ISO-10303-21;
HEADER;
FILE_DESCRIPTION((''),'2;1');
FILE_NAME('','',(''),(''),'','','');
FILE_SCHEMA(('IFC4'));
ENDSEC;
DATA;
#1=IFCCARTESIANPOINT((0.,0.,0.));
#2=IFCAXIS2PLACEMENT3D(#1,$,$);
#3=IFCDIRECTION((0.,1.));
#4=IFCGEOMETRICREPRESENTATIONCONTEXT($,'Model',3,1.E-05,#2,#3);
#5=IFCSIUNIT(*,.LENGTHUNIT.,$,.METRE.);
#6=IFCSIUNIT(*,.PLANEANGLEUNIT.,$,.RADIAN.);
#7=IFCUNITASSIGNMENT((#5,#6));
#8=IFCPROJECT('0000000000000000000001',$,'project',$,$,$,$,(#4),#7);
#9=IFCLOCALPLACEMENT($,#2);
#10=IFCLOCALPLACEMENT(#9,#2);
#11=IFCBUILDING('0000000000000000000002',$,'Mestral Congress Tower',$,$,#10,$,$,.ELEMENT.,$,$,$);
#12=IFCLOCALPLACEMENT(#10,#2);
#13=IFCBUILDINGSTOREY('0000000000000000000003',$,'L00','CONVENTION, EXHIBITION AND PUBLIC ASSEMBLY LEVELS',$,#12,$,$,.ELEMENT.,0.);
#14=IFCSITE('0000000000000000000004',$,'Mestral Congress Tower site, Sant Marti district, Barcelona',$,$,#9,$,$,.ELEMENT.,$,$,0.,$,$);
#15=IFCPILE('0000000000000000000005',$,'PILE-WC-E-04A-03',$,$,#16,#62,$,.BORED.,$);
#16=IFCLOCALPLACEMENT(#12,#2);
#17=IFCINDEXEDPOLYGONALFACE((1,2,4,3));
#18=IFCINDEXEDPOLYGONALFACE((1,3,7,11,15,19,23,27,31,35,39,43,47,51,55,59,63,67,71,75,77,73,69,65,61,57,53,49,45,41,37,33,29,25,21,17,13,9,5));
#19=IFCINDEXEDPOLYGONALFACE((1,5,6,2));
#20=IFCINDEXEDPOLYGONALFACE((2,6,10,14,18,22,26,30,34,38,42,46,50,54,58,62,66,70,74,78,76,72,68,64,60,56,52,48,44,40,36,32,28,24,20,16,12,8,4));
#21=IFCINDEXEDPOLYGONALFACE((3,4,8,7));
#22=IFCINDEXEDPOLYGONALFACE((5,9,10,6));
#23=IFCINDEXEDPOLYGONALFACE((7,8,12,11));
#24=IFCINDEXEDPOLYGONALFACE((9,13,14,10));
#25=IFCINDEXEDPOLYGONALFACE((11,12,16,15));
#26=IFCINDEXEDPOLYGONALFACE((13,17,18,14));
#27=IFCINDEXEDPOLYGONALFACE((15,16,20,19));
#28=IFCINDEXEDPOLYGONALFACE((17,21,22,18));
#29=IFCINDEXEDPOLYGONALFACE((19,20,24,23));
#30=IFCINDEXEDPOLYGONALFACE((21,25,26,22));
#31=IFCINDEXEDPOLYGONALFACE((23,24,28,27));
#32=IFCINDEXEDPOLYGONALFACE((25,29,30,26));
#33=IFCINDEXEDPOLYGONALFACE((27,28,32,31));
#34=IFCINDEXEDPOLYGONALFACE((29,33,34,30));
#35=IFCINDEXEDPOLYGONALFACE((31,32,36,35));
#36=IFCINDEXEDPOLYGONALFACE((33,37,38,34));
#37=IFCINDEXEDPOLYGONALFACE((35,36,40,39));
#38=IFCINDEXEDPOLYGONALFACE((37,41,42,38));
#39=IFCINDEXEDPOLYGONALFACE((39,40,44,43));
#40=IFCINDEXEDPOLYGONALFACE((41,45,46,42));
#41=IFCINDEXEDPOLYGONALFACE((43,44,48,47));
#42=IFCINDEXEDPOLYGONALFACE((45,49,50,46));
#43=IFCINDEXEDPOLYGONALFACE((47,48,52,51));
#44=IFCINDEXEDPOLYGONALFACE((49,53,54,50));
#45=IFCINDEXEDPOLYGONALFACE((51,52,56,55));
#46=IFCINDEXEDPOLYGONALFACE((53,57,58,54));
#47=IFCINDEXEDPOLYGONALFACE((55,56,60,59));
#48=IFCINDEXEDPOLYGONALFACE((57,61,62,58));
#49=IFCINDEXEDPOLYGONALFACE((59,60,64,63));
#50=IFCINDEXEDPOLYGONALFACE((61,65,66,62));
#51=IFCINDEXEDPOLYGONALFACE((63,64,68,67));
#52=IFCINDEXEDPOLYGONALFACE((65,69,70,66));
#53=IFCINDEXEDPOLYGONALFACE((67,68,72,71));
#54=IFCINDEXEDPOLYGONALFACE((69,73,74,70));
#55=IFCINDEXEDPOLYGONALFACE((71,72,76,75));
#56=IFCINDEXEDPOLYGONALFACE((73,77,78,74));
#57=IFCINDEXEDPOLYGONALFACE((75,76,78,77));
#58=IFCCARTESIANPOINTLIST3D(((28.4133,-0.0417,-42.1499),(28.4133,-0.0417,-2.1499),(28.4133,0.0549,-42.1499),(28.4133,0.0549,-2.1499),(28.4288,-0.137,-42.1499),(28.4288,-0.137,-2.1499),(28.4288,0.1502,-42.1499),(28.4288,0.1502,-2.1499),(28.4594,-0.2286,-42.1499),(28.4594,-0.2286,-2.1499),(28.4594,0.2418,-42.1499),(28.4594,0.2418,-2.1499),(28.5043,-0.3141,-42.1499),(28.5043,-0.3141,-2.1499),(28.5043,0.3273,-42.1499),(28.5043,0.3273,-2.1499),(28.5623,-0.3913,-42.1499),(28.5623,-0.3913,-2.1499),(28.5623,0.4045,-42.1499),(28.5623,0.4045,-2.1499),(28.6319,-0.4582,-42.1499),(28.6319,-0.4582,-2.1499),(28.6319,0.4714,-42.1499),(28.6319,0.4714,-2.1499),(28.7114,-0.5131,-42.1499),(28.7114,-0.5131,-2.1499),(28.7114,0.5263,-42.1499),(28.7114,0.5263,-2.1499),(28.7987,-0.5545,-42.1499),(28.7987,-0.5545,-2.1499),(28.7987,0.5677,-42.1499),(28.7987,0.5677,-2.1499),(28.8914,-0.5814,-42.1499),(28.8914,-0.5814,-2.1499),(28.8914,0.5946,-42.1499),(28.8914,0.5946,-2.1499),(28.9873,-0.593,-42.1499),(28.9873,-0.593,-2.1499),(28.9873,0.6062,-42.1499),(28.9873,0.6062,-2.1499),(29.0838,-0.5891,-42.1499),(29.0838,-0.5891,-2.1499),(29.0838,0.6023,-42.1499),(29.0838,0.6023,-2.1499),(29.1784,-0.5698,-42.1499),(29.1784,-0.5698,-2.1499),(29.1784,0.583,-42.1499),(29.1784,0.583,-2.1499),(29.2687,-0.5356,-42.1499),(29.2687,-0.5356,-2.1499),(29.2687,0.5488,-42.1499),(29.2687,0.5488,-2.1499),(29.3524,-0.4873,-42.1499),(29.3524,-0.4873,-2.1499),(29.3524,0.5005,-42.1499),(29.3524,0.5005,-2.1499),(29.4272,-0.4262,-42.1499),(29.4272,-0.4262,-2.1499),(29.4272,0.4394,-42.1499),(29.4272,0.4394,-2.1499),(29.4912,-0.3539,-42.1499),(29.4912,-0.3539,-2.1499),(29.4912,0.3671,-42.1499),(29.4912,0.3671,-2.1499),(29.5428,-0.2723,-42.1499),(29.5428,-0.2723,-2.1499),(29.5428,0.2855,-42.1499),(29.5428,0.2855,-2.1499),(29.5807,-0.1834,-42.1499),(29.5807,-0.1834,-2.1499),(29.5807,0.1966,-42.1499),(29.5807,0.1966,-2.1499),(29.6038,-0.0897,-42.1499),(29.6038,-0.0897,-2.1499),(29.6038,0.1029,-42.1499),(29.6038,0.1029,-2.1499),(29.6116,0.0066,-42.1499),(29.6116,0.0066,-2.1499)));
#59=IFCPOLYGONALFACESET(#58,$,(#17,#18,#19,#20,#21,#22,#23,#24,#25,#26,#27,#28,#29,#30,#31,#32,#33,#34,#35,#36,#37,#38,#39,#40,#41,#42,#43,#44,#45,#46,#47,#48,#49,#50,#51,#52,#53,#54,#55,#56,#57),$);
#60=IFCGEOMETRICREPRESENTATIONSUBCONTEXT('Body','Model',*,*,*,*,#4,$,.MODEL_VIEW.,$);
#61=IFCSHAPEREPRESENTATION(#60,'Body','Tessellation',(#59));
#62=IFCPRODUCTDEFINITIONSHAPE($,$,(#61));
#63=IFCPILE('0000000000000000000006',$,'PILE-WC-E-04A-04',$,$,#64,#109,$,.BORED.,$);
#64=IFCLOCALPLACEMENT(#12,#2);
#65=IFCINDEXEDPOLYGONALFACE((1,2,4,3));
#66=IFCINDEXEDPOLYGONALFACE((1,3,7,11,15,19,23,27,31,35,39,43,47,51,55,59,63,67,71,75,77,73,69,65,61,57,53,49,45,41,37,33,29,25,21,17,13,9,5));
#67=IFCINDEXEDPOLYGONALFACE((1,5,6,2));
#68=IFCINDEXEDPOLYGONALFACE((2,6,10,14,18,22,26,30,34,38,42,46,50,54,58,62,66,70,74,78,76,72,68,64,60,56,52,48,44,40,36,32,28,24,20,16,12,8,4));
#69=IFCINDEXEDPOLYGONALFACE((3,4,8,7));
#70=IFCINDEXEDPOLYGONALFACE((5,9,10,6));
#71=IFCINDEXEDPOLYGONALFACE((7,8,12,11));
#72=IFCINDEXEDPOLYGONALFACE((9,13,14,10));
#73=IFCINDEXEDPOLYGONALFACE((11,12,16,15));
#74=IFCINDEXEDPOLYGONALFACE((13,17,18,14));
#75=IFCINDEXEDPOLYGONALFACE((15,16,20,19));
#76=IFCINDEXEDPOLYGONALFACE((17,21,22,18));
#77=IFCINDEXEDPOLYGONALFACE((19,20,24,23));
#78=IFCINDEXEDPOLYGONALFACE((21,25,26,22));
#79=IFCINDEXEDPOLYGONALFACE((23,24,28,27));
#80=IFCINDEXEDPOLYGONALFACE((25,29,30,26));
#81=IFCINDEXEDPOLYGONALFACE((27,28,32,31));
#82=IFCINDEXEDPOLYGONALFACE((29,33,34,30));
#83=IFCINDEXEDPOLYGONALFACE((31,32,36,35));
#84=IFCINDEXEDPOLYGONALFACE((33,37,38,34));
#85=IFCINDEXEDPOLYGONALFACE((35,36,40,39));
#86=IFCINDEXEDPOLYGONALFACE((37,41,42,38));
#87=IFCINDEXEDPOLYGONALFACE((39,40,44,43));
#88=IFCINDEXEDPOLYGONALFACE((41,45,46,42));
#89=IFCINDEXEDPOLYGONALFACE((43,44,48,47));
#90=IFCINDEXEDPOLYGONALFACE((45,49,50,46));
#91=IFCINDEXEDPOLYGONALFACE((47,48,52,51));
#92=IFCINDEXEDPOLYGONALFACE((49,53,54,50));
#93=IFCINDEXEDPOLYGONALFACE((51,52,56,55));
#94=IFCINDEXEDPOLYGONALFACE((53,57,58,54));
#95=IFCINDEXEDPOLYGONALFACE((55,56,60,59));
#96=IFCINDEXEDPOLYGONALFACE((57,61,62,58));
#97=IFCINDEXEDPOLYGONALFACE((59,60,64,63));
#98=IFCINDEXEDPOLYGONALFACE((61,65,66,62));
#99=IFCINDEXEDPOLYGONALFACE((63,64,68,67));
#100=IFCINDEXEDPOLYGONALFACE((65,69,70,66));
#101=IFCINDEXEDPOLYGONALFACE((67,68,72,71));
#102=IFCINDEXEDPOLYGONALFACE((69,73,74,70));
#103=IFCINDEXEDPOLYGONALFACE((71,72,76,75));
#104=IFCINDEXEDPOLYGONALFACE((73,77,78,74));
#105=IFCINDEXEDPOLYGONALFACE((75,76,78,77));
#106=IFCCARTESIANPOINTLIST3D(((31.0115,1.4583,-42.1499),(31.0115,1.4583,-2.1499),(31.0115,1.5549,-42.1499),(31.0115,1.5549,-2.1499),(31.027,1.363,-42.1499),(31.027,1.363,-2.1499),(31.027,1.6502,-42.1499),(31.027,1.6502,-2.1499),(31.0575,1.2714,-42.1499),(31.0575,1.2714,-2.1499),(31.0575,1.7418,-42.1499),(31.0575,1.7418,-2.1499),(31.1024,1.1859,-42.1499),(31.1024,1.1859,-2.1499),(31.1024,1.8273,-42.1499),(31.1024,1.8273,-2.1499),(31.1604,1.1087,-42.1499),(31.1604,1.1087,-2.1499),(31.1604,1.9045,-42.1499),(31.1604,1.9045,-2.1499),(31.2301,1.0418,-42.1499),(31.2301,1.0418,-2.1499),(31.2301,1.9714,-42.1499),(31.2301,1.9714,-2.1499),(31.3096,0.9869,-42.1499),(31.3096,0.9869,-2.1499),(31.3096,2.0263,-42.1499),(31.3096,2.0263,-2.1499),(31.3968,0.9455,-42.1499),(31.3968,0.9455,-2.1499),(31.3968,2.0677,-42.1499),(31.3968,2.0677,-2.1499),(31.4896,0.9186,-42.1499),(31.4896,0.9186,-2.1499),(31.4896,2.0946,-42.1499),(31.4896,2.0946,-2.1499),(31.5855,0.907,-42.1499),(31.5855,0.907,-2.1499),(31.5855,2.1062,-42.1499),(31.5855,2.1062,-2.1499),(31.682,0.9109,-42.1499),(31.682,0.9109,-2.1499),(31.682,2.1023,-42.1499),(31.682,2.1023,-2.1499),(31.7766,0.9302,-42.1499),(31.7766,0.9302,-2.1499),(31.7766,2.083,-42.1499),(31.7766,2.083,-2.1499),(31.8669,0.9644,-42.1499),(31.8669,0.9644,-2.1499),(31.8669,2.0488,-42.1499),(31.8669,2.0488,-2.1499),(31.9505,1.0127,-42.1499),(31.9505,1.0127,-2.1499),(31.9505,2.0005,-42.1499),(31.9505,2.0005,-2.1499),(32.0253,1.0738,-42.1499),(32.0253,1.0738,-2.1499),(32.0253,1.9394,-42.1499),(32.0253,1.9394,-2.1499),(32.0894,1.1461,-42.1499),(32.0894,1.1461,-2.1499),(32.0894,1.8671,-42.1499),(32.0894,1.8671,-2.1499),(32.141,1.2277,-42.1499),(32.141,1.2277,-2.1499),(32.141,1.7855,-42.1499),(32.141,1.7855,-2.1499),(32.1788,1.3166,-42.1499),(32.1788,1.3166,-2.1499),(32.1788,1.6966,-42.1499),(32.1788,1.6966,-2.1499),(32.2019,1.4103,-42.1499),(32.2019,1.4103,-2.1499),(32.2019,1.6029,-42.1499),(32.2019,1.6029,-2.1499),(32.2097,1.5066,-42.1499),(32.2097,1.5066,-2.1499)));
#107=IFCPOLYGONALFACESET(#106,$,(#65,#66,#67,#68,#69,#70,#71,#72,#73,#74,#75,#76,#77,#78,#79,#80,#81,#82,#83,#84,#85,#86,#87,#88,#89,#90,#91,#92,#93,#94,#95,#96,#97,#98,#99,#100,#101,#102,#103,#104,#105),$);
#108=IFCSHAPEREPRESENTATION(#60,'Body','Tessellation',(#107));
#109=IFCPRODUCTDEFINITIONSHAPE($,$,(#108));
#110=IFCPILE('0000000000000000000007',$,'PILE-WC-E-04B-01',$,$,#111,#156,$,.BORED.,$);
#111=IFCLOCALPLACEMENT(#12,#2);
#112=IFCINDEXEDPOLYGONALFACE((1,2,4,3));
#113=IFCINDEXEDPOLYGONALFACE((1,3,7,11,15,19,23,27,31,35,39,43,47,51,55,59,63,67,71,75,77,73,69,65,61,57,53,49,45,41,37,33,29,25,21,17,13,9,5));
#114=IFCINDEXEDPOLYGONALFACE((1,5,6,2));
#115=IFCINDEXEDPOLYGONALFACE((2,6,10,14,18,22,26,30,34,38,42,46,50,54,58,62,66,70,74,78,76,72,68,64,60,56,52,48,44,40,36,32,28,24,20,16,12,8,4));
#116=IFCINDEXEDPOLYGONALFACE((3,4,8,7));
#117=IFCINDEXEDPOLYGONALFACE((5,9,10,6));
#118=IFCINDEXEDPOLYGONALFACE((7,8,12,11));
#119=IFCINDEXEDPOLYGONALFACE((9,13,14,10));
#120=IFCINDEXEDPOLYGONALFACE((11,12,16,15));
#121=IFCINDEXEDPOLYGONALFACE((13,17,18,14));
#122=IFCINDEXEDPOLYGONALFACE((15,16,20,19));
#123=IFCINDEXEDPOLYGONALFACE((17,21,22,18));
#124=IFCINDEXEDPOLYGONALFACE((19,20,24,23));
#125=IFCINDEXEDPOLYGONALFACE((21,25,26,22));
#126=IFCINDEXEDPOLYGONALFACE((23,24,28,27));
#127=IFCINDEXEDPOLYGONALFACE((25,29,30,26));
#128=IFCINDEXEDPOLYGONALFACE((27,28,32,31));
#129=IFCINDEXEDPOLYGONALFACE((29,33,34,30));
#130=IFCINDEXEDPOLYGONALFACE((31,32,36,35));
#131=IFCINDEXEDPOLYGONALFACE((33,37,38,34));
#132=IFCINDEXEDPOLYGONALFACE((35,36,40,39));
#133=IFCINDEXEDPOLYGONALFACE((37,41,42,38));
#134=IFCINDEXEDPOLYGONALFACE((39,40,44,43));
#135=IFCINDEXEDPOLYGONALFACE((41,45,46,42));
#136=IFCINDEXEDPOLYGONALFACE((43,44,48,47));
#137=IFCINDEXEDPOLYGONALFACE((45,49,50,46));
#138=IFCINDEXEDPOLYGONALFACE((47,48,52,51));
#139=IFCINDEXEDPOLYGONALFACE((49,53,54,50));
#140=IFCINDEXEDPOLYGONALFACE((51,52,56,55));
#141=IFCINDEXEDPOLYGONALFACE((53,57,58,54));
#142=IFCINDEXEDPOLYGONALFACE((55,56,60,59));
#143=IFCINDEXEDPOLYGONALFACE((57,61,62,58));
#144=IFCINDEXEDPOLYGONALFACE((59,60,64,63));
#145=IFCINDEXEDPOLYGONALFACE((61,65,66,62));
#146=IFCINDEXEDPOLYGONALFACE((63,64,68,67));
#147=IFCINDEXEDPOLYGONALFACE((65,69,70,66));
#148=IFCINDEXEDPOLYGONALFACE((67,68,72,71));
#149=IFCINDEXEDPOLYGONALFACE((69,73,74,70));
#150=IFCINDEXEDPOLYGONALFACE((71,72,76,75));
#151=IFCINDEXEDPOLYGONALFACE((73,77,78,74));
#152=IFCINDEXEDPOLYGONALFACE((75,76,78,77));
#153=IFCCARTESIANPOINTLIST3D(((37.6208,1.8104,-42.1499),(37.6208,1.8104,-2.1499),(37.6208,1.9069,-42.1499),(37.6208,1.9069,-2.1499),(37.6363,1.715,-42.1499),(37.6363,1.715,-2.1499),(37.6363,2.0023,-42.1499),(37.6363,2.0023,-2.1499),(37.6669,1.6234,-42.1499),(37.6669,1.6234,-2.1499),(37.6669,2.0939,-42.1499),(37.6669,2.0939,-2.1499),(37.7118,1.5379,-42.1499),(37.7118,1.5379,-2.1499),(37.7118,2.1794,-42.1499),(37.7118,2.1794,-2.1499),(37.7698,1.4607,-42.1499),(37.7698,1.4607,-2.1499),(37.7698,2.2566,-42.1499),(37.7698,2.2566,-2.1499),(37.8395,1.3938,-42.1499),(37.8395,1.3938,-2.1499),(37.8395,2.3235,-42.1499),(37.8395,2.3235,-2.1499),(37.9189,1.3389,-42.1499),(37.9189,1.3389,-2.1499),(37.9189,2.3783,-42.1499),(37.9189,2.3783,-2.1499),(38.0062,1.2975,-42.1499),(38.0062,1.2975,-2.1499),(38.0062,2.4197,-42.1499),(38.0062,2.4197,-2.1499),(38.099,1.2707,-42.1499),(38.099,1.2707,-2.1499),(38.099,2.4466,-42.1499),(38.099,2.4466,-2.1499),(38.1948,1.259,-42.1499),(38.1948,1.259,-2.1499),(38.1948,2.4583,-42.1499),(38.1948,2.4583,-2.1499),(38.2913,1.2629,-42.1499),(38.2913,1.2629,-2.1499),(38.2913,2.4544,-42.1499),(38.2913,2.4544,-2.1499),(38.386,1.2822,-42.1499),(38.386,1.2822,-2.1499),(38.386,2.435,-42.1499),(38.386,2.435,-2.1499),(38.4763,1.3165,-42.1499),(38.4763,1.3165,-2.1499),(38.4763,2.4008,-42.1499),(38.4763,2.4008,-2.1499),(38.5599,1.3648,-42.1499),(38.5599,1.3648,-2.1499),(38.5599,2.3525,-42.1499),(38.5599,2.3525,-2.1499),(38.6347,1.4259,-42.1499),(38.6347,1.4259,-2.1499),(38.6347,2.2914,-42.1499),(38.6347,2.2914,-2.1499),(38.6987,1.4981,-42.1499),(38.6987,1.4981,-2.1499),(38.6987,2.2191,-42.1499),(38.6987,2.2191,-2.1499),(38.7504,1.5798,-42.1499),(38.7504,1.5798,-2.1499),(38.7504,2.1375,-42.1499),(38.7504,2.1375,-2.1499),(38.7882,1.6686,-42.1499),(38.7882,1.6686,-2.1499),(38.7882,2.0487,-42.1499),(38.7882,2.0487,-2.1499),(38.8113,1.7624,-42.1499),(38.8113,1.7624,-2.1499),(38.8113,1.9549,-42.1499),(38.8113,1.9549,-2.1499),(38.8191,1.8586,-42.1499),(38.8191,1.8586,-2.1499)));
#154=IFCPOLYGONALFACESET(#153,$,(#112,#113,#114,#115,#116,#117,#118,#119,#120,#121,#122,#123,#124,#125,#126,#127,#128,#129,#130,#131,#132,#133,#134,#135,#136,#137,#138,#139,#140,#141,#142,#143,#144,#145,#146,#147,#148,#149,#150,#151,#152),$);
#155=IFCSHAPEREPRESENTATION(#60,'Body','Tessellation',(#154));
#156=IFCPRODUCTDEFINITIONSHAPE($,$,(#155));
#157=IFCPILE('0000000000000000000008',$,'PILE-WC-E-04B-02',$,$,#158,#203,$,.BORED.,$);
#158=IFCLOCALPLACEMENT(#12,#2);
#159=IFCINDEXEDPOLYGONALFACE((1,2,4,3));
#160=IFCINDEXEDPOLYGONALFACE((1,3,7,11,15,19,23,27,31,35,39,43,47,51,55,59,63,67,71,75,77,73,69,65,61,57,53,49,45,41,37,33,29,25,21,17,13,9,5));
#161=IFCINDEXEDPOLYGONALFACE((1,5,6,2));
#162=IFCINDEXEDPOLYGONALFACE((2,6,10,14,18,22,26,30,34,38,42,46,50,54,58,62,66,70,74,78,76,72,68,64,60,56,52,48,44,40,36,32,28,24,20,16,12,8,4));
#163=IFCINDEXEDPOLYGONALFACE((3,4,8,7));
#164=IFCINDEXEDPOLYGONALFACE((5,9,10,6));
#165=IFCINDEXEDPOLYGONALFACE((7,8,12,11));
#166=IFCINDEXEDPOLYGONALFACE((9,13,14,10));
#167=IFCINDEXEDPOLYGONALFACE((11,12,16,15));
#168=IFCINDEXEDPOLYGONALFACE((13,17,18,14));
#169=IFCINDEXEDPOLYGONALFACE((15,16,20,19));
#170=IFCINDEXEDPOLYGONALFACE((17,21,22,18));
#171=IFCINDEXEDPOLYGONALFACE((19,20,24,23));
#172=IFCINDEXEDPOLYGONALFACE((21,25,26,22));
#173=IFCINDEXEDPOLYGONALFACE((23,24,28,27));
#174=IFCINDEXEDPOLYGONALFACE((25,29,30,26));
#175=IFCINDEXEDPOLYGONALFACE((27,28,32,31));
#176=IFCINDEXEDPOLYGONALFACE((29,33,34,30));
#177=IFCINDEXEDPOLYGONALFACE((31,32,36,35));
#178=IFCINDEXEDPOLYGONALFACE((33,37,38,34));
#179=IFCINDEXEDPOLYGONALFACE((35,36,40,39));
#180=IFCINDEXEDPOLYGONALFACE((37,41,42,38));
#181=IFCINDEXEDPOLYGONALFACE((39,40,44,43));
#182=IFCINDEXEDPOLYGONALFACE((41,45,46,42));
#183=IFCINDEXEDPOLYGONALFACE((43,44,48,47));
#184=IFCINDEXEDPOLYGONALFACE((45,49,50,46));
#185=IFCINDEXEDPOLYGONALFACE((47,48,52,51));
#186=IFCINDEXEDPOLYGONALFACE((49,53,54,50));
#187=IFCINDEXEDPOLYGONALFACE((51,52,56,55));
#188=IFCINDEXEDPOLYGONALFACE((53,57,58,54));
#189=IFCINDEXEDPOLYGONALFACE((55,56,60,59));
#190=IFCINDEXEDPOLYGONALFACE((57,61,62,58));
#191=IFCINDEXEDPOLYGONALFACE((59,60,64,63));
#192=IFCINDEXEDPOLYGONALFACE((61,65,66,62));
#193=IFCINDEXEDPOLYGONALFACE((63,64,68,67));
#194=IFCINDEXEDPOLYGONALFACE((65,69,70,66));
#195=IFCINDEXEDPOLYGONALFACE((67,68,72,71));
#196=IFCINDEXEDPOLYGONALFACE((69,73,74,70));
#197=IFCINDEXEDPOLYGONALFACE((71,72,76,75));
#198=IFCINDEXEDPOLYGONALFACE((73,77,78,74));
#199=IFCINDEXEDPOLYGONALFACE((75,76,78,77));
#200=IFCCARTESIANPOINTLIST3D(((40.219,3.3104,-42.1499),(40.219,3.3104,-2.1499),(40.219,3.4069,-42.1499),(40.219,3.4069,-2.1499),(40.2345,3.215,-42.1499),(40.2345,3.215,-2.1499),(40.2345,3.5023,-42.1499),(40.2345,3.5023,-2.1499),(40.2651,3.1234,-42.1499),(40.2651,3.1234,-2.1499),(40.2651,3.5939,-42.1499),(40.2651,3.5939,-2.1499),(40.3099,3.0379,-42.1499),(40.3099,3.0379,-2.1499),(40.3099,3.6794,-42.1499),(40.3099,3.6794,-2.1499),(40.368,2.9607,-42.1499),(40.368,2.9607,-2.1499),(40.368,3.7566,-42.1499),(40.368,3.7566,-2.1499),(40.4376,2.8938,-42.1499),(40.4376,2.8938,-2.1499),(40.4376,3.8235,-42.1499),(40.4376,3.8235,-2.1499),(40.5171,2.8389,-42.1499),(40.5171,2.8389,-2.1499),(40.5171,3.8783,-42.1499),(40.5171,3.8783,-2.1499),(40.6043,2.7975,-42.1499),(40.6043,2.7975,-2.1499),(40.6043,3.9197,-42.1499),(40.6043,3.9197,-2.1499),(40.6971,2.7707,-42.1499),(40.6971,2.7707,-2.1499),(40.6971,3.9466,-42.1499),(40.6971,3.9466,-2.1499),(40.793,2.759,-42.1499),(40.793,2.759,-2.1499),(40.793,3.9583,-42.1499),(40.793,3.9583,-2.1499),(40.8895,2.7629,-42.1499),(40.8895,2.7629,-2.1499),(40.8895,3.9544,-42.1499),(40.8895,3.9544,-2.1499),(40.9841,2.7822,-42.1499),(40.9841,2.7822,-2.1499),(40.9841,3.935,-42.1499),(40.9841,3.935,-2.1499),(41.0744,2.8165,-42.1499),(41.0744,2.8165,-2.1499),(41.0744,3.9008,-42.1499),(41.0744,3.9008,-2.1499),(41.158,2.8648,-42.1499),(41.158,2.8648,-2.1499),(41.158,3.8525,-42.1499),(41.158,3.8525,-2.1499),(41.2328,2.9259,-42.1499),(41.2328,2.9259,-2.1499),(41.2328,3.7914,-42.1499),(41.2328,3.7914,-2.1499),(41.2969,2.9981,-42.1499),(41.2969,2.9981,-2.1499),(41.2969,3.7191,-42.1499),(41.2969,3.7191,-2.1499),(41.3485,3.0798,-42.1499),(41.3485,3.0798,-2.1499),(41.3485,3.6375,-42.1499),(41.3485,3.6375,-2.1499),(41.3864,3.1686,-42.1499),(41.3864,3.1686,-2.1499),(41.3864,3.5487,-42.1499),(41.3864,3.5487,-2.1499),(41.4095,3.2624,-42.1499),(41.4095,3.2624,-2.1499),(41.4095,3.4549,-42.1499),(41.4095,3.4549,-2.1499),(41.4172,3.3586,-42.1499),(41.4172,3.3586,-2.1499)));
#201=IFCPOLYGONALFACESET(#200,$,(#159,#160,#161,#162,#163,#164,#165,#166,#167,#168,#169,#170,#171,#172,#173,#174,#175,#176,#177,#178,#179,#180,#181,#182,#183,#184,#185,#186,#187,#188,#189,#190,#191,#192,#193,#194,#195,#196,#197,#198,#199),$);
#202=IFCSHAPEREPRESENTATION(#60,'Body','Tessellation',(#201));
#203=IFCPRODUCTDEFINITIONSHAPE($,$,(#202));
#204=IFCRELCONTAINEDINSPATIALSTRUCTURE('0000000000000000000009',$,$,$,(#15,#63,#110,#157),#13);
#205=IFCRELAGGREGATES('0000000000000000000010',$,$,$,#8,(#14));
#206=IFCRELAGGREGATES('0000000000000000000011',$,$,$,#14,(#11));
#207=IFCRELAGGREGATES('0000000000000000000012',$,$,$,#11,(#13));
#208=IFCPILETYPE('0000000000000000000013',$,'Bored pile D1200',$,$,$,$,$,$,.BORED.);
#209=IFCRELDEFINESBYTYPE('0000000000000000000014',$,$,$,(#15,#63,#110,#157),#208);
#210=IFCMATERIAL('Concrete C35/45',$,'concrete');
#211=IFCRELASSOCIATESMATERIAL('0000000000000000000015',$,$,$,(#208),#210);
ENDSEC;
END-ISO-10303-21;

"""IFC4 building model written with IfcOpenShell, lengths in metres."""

from ifc_helpers import new_model, si_unit, direction, frame, origin, origin_2d, place, context, subcontext, project, spatial, circle, extrude, material, material_profile, profile_set, type_object, element, save


model = new_model("IFC4")

# Units and contexts
model_context = context("Model", 3, precision=1e-05, world=origin(), true_north=direction((0.0, 1.0)))
body_context = subcontext(model_context, "Body", "Model", "MODEL_VIEW")
ifc_project = project(units=[si_unit("LENGTHUNIT", "METRE"), si_unit("PLANEANGLEUNIT", "RADIAN")], contexts=[model_context])

# Site, building, storey
site_placement = place(None, origin())
site = spatial("IfcSite", under=ifc_project, at=site_placement, Name="Mestral Congress Tower site, Sant Marti district, Barcelona", CompositionType="ELEMENT", RefElevation=0.0)
building_placement = place(site_placement, origin())
building = spatial("IfcBuilding", under=site, at=building_placement, Name="Mestral Congress Tower", CompositionType="ELEMENT")
storey_placement = place(building_placement, origin())
storey = spatial("IfcBuildingStorey", under=building, at=storey_placement, Name="L00", Description="CONVENTION, EXHIBITION AND PUBLIC ASSEMBLY LEVELS", CompositionType="ELEMENT", Elevation=0.0)

# Piles
ifc_material_1 = material(Name="Concrete C35/45", Category="concrete")
ifc_material_profile_1 = material_profile(ifc_material_1, circle(Radius=0.6001, at=origin_2d()), Name="D1200")
ifc_profile_set_1 = profile_set([ifc_material_profile_1], Name="Concrete C35/45")
pile_type = type_object("IfcPileType", Name="Bored pile D1200", PredefinedType="BORED", material=ifc_profile_set_1)
for number, where, z_axis, x_axis, name in (
    (1, (29.0115, 0.0066, -2.1499), (0.0, 0.0, -1.0), (1.0, 0.0, 0.0), "PILE-WC-E-04A-03"),
    (2, (31.6096, 1.5066, -2.1499), (0.0, 0.0, -1.0), (1.0, 0.0, 0.0), "PILE-WC-E-04A-04"),
    (3, (38.219, 1.8586, -2.1499), (0.0, 0.0, -1.0), (1.0, 0.0, 0.0), "PILE-WC-E-04B-01"),
    (4, (40.8171, 3.3586, -2.1499), (0.0, 0.0, -1.0), (1.0, 0.0, 0.0), "PILE-WC-E-04B-02"),
):
    element("IfcPile", number, at=place(storey_placement, frame(where, z_axis=z_axis, x_axis=x_axis)), inside=storey, type_object=pile_type, Name=name, PredefinedType="BORED", context=body_context, shape_type="SweptSolid", body=[
        extrude(circle(Radius=0.6001, at=origin_2d()), origin(), (0.0, 0.0, 1.0), 40.0),
    ])

save(model, "model.ifc")
